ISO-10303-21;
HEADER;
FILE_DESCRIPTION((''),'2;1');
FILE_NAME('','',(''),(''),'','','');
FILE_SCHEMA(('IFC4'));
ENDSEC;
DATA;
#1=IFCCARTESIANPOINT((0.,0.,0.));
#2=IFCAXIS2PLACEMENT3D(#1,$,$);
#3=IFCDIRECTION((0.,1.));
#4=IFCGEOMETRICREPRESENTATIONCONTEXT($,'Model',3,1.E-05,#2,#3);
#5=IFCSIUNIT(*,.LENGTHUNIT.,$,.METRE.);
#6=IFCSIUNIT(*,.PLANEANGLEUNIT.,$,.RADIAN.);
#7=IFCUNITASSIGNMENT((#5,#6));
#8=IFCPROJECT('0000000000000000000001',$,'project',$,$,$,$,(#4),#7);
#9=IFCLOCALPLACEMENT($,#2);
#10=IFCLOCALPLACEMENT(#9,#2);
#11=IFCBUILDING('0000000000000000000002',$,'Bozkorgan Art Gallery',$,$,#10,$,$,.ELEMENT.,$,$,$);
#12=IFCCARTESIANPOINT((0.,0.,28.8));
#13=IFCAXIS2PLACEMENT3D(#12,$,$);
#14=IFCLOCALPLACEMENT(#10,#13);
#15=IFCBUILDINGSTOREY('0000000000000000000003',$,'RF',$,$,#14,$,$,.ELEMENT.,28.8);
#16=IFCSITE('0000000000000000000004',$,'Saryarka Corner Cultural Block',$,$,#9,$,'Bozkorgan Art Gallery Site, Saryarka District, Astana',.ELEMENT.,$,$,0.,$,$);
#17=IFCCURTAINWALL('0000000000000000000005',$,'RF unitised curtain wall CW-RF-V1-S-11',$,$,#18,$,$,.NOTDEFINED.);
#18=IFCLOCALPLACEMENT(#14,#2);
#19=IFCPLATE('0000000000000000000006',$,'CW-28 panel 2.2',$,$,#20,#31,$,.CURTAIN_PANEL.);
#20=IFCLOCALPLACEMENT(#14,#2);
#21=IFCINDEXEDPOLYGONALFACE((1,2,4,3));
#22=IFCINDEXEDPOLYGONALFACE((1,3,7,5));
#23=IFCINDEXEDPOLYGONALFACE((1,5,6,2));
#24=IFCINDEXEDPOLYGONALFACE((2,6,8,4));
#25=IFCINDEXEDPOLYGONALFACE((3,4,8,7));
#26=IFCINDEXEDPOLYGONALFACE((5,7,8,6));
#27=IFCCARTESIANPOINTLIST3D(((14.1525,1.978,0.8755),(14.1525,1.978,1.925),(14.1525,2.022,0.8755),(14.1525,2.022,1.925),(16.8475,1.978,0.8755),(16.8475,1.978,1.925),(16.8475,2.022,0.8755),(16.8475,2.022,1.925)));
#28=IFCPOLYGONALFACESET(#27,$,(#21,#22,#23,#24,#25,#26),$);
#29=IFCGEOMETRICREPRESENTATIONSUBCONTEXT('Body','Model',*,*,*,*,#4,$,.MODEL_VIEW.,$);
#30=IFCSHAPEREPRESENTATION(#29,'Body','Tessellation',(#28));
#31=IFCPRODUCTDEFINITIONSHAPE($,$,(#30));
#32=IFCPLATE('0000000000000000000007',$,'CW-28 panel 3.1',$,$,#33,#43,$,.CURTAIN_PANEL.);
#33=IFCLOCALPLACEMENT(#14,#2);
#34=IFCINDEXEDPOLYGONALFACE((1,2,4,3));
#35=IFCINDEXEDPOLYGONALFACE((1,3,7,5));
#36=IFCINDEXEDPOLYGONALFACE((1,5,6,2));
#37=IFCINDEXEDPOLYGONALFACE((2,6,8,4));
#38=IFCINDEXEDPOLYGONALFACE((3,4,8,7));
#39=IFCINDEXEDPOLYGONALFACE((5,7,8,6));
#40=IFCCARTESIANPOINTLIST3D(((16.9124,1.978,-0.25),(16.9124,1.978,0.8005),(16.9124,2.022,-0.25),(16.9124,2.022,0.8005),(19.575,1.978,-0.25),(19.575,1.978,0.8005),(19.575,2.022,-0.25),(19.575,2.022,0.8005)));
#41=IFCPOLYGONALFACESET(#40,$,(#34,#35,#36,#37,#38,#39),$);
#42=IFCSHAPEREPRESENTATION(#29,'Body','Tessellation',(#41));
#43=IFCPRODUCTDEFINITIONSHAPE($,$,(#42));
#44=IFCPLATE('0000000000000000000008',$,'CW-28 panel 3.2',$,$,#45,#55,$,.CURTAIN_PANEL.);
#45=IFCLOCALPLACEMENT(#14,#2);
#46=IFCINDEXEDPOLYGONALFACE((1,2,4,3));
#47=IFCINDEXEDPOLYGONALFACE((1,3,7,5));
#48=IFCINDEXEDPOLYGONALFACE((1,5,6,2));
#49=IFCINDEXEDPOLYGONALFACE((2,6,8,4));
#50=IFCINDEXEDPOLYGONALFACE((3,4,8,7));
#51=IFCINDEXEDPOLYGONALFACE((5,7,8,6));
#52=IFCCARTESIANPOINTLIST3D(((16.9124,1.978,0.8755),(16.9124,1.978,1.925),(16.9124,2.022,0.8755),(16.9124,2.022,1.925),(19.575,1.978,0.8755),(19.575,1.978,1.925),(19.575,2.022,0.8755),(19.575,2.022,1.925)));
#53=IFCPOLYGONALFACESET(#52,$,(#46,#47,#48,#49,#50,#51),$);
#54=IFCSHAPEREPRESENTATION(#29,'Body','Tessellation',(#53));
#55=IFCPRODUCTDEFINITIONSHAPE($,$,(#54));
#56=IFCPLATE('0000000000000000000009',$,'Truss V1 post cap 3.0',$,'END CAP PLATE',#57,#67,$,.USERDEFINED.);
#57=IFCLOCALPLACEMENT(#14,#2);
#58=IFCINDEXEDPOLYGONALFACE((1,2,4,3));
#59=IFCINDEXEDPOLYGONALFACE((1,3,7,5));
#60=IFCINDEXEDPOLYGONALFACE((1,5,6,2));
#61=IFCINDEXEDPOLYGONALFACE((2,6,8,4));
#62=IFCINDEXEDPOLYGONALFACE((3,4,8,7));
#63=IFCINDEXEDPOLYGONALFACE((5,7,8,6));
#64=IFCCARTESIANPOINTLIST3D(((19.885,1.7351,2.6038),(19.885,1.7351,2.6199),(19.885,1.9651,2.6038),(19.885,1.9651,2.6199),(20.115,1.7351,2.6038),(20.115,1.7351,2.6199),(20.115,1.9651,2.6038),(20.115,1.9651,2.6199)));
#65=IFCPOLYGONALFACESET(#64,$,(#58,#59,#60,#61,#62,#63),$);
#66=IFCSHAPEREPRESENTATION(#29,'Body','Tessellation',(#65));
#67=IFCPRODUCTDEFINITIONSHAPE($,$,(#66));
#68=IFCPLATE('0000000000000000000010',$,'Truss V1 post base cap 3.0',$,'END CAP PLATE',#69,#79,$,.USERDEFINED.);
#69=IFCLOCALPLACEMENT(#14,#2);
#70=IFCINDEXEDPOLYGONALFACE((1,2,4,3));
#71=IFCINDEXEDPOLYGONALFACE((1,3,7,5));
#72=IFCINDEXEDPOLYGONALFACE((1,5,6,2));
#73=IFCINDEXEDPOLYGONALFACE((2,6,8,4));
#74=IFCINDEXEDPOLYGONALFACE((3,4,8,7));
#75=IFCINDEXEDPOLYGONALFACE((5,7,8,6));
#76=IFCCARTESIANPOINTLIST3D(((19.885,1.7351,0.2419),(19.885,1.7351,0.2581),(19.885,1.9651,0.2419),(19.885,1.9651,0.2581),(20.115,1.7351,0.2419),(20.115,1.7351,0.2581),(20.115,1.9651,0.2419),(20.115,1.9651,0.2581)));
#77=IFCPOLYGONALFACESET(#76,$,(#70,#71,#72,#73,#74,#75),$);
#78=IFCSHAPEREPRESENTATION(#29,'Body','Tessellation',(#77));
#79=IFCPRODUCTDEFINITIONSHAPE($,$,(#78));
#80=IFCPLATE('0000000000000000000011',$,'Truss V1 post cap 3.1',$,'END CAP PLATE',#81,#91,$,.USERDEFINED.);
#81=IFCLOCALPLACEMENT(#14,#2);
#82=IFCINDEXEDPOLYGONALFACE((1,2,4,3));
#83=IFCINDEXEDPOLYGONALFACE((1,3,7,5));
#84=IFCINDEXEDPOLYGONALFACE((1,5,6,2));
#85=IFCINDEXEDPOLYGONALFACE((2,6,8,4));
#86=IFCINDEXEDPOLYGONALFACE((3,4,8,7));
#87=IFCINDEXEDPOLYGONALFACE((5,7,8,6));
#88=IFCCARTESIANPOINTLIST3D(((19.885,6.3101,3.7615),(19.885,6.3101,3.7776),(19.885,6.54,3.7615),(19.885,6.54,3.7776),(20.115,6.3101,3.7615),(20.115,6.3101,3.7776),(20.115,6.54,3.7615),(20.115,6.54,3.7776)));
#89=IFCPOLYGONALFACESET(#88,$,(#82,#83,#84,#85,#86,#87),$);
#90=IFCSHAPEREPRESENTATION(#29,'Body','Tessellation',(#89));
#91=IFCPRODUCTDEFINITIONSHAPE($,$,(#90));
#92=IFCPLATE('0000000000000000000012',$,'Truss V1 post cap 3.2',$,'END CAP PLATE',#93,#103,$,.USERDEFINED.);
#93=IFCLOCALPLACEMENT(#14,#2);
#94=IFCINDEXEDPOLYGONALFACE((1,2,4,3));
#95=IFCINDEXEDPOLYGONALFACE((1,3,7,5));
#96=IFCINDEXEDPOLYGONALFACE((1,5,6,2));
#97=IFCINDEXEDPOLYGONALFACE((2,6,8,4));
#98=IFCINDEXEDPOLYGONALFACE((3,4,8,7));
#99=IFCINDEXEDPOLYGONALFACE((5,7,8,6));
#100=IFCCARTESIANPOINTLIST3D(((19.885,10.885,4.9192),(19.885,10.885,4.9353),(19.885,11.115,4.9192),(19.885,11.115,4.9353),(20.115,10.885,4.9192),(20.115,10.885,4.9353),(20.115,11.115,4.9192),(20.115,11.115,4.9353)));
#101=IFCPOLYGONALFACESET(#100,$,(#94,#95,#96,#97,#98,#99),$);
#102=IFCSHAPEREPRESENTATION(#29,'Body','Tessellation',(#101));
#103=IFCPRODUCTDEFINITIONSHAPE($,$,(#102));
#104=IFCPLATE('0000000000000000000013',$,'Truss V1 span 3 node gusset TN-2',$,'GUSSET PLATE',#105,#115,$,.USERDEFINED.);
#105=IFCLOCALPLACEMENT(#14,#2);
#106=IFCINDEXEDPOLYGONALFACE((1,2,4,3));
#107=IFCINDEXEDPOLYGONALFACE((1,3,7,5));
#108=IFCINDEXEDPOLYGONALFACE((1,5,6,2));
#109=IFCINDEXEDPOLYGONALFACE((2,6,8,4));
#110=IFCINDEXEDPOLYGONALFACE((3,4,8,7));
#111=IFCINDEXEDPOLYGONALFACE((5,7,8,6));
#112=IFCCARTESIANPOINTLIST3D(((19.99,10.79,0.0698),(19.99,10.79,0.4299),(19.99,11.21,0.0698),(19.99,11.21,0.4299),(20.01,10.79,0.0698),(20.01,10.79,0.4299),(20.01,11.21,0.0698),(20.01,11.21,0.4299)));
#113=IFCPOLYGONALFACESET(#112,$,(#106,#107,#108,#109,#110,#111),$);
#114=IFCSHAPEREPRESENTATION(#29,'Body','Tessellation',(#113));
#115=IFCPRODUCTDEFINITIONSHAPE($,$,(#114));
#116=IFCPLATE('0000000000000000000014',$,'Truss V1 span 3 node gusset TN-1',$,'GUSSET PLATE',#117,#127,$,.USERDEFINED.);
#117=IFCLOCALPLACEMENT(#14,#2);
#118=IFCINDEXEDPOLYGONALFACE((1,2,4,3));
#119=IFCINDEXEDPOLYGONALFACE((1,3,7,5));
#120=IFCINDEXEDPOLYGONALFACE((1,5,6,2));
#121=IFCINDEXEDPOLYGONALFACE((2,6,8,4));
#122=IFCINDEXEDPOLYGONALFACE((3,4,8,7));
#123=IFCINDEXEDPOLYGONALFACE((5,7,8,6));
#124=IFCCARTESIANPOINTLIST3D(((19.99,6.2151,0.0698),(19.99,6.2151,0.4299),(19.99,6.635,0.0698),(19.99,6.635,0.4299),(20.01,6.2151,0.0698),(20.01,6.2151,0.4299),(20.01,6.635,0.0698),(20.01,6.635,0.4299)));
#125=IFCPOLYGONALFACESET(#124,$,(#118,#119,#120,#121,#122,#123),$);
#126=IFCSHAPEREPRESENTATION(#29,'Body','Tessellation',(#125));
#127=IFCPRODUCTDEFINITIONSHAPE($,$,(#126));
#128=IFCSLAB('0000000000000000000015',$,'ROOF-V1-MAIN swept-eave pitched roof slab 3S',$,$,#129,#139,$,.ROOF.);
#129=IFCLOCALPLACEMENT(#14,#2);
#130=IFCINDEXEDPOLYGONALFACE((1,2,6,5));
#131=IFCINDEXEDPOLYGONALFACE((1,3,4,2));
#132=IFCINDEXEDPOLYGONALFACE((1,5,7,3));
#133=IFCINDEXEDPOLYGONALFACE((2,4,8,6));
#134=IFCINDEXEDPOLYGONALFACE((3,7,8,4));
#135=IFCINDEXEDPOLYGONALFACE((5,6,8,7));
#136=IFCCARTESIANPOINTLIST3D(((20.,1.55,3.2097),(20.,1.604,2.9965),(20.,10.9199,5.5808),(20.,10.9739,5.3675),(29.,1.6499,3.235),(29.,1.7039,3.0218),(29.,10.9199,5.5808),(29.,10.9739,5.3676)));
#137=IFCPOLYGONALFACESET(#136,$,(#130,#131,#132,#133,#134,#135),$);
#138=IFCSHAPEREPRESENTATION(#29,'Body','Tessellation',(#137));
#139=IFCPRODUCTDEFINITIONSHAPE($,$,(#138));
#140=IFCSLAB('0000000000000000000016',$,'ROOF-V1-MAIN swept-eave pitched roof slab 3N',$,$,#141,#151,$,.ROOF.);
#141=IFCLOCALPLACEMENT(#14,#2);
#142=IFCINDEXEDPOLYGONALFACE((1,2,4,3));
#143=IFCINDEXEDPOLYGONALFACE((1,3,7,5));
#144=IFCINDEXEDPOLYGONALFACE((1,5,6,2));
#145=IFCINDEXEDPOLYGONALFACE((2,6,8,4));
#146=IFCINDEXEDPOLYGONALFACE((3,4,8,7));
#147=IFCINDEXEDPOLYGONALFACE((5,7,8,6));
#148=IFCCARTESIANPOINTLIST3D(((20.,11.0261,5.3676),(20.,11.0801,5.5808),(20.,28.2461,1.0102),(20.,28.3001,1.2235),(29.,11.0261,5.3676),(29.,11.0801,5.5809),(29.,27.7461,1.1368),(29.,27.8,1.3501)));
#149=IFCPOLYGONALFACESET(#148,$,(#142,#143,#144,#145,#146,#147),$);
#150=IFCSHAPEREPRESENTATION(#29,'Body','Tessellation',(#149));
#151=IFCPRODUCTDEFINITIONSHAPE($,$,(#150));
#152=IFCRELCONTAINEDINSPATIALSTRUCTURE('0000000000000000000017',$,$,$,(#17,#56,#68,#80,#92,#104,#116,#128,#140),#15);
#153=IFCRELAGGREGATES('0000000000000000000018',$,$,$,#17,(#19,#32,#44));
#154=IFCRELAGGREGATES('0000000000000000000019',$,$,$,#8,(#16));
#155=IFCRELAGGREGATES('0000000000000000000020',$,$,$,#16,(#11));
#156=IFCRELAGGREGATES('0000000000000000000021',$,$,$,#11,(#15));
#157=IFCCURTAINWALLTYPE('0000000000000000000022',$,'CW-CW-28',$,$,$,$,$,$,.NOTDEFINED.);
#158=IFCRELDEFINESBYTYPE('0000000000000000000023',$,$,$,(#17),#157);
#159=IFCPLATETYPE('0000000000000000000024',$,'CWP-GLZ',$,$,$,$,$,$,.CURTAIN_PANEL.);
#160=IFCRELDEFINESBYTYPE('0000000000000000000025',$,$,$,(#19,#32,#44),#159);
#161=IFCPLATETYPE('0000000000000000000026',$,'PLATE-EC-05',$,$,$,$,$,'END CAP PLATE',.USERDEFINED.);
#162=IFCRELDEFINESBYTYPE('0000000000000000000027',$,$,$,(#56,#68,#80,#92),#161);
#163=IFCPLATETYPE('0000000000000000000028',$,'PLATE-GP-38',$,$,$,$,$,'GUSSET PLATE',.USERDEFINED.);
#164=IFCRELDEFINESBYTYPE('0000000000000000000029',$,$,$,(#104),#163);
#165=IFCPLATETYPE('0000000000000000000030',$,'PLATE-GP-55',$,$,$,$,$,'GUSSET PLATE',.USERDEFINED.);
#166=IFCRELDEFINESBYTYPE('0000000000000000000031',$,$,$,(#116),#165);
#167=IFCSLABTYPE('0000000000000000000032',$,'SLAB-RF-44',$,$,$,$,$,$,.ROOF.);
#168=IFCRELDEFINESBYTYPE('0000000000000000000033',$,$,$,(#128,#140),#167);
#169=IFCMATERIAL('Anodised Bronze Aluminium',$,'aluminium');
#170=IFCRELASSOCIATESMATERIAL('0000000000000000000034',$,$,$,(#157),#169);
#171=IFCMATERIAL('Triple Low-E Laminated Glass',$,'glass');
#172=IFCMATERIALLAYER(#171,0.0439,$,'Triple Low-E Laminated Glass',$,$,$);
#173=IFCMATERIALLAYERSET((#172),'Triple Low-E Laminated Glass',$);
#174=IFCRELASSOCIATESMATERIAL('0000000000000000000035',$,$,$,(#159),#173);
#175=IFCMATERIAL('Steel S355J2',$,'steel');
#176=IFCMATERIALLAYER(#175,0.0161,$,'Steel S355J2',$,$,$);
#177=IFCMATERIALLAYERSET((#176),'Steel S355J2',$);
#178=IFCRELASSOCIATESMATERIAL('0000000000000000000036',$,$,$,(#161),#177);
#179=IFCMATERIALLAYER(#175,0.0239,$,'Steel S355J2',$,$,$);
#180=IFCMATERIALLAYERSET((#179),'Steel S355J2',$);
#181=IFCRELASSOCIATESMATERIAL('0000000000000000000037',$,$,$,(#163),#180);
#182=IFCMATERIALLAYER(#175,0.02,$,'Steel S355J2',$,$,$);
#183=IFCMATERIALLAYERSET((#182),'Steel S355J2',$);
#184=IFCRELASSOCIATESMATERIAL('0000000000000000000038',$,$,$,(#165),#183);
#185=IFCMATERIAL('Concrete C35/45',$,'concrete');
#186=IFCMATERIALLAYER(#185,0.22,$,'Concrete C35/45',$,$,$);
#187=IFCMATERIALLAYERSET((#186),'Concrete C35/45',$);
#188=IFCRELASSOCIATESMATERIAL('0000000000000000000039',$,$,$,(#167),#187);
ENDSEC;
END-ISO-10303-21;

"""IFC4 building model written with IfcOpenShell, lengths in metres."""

from ifc_helpers import new_model, si_unit, direction, frame, origin, origin_2d, place, context, subcontext, project, spatial, polyline, rectangle, outline, extrude, material, layer, layer_set, type_object, element, aggregate, save


model = new_model("IFC4")

# Units and contexts
model_context = context("Model", 3, precision=1e-05, world=origin(), true_north=direction((0.0, 1.0)))
body_context = subcontext(model_context, "Body", "Model", "MODEL_VIEW")
ifc_project = project(units=[si_unit("LENGTHUNIT", "METRE"), si_unit("PLANEANGLEUNIT", "RADIAN")], contexts=[model_context])

# Site, building, storey
site_placement = place(None, origin())
site = spatial("IfcSite", under=ifc_project, at=site_placement, Name="Saryarka Corner Cultural Block", LongName="Bozkorgan Art Gallery Site, Saryarka District, Astana", CompositionType="ELEMENT", RefElevation=0.0)
building_placement = place(site_placement, origin())
building = spatial("IfcBuilding", under=site, at=building_placement, Name="Bozkorgan Art Gallery", CompositionType="ELEMENT")
storey_placement = place(building_placement, frame((0.0, 0.0, 28.8)))
storey = spatial("IfcBuildingStorey", under=building, at=storey_placement, Name="RF", CompositionType="ELEMENT", Elevation=28.8)

# Shared definitions
ifc_material_1 = material(Name="Steel S355J2", Category="steel")

# Curtain wall
ifc_material_2 = material(Name="Anodised Bronze Aluminium", Category="aluminium")
curtain_wall_type = type_object("IfcCurtainWallType", Name="CW-CW-28", PredefinedType="NOTDEFINED", material=ifc_material_2)
curtain_wall_placement = place(storey_placement, origin())
curtain_wall = element("IfcCurtainWall", 1, at=curtain_wall_placement, inside=storey, type_object=curtain_wall_type, Name="RF unitised curtain wall CW-RF-V1-S-11", PredefinedType="NOTDEFINED")

# Plates
ifc_material_3 = material(Name="Triple Low-E Laminated Glass", Category="glass")
ifc_layer_1 = layer(ifc_material_3, 0.0439, Name="Triple Low-E Laminated Glass")
ifc_layer_set_1 = layer_set([ifc_layer_1], Name="Triple Low-E Laminated Glass")
plate_type_1 = type_object("IfcPlateType", Name="CWP-GLZ", PredefinedType="CURTAIN_PANEL", material=ifc_layer_set_1)
plate_1_placement = place(storey_placement, frame((15.5, 2.0, 0.8755), z_axis=(0.0, 0.0, 1.0), x_axis=(1.0, 0.0, 0.0)))
plate_1 = element("IfcPlate", 2, at=plate_1_placement, type_object=plate_type_1, Name="CW-28 panel 2.2", PredefinedType="CURTAIN_PANEL", context=body_context, shape_type="SweptSolid", body=[
    extrude(rectangle(XDim=2.6951, YDim=0.0439, at=origin_2d()), origin(), (0.0, 0.0, 1.0), 1.0496),
])
plate_2_placement = place(storey_placement, frame((18.2437, 2.0, -0.25), z_axis=(0.0, 0.0, 1.0), x_axis=(1.0, 0.0, 0.0)))
plate_2 = element("IfcPlate", 3, at=plate_2_placement, type_object=plate_type_1, Name="CW-28 panel 3.1", PredefinedType="CURTAIN_PANEL", context=body_context, shape_type="SweptSolid", body=[
    extrude(rectangle(XDim=2.6626, YDim=0.0439, at=origin_2d()), origin(), (0.0, 0.0, 1.0), 1.0505),
])
plate_3_placement = place(storey_placement, frame((18.2437, 2.0, 0.8755), z_axis=(0.0, 0.0, 1.0), x_axis=(1.0, 0.0, 0.0)))
plate_3 = element("IfcPlate", 4, at=plate_3_placement, type_object=plate_type_1, Name="CW-28 panel 3.2", PredefinedType="CURTAIN_PANEL", context=body_context, shape_type="SweptSolid", body=[
    extrude(rectangle(XDim=2.6626, YDim=0.0439, at=origin_2d()), origin(), (0.0, 0.0, 1.0), 1.0496),
])
aggregate(curtain_wall, [plate_1, plate_2, plate_3])

# Plates
ifc_layer_2 = layer(ifc_material_1, 0.0161, Name="Steel S355J2")
ifc_layer_set_2 = layer_set([ifc_layer_2], Name="Steel S355J2")
plate_type_2 = type_object("IfcPlateType", Name="PLATE-EC-05", ElementType="END CAP PLATE", PredefinedType="USERDEFINED", material=ifc_layer_set_2)
for number, where, z_axis, x_axis, name in (
    (5, (20.0, 1.8501, 2.6038), (0.0, 0.0, 1.0), (1.0, 0.0, 0.0), "Truss V1 post cap 3.0"),
    (6, (20.0, 1.8501, 0.2419), (0.0, 0.0, 1.0), (1.0, 0.0, 0.0), "Truss V1 post base cap 3.0"),
    (7, (20.0, 6.425, 3.7615), (0.0, 0.0, 1.0), (1.0, 0.0, 0.0), "Truss V1 post cap 3.1"),
    (8, (20.0, 11.0, 4.9192), (0.0, 0.0, 1.0), (1.0, 0.0, 0.0), "Truss V1 post cap 3.2"),
):
    element("IfcPlate", number, at=place(storey_placement, frame(where, z_axis=z_axis, x_axis=x_axis)), inside=storey, type_object=plate_type_2, Name=name, ObjectType="END CAP PLATE", PredefinedType="USERDEFINED", context=body_context, shape_type="SweptSolid", body=[
        extrude(rectangle(XDim=0.23, YDim=0.23, at=origin_2d()), origin(), (0.0, 0.0, 1.0), 0.0161),
    ])
ifc_layer_3 = layer(ifc_material_1, 0.0239, Name="Steel S355J2")
ifc_layer_set_3 = layer_set([ifc_layer_3], Name="Steel S355J2")
plate_type_3 = type_object("IfcPlateType", Name="PLATE-GP-38", ElementType="GUSSET PLATE", PredefinedType="USERDEFINED", material=ifc_layer_set_3)
plate_4_placement = place(storey_placement, frame((20.0, 11.0, 0.0698), z_axis=(0.0, 0.0, 1.0), x_axis=(1.0, 0.0, 0.0)))
element("IfcPlate", 9, at=plate_4_placement, inside=storey, type_object=plate_type_3, Name="Truss V1 span 3 node gusset TN-2", ObjectType="GUSSET PLATE", PredefinedType="USERDEFINED", context=body_context, shape_type="SweptSolid", body=[
    extrude(rectangle(XDim=0.02, YDim=0.4199, at=origin_2d()), origin(), (0.0, 0.0, 1.0), 0.3601),
])
ifc_layer_4 = layer(ifc_material_1, 0.02, Name="Steel S355J2")
ifc_layer_set_4 = layer_set([ifc_layer_4], Name="Steel S355J2")
plate_type_4 = type_object("IfcPlateType", Name="PLATE-GP-55", ElementType="GUSSET PLATE", PredefinedType="USERDEFINED", material=ifc_layer_set_4)
plate_5_placement = place(storey_placement, frame((20.0, 6.425, 0.0698), z_axis=(0.0, 0.0, 1.0), x_axis=(1.0, 0.0, 0.0)))
element("IfcPlate", 10, at=plate_5_placement, inside=storey, type_object=plate_type_4, Name="Truss V1 span 3 node gusset TN-1", ObjectType="GUSSET PLATE", PredefinedType="USERDEFINED", context=body_context, shape_type="SweptSolid", body=[
    extrude(rectangle(XDim=0.02, YDim=0.4199, at=origin_2d()), origin(), (0.0, 0.0, 1.0), 0.3601),
])

# Slabs
ifc_material_4 = material(Name="Concrete C35/45", Category="concrete")
ifc_layer_5 = layer(ifc_material_4, 0.22, Name="Concrete C35/45")
ifc_layer_set_5 = layer_set([ifc_layer_5], Name="Concrete C35/45")
slab_type = type_object("IfcSlabType", Name="SLAB-RF-44", PredefinedType="ROOF", material=ifc_layer_set_5)
slab_1_placement = place(storey_placement, frame((20.0, 1.55, 3.2097), z_axis=(-0.000007, -0.245316, 0.969443), x_axis=(0.999934, 0.011096, 0.002815)))
element("IfcSlab", 11, at=slab_1_placement, inside=storey, type_object=slab_type, Name="ROOF-V1-MAIN swept-eave pitched roof slab 3S", PredefinedType="ROOF", context=body_context, shape_type="SweptSolid", body=[
    extrude(outline(polyline([(0.0, 0.0), (9.0006, 0.0), (9.11, 9.5616), (0.1106, 9.6646), (0.0, 0.0)])), origin(), (0.0, 0.0, -1.0), 0.22),
])
slab_2_placement = place(storey_placement, frame((20.0, 11.0801, 5.5808), z_axis=(-0.00001, 0.245308, 0.969445), x_axis=(1.0, 0.000003, 0.00001)))
element("IfcSlab", 12, at=slab_2_placement, inside=storey, type_object=slab_type, Name="ROOF-V1-MAIN swept-eave pitched roof slab 3N", PredefinedType="ROOF", context=body_context, shape_type="SweptSolid", body=[
    extrude(outline(polyline([(0.0, 0.0), (9.0, 0.0), (9.0, 17.2469), (0.0, 17.7627), (0.0, 0.0)])), origin(), (0.0, 0.0, -1.0), 0.22),
])

save(model, "model.ifc")
